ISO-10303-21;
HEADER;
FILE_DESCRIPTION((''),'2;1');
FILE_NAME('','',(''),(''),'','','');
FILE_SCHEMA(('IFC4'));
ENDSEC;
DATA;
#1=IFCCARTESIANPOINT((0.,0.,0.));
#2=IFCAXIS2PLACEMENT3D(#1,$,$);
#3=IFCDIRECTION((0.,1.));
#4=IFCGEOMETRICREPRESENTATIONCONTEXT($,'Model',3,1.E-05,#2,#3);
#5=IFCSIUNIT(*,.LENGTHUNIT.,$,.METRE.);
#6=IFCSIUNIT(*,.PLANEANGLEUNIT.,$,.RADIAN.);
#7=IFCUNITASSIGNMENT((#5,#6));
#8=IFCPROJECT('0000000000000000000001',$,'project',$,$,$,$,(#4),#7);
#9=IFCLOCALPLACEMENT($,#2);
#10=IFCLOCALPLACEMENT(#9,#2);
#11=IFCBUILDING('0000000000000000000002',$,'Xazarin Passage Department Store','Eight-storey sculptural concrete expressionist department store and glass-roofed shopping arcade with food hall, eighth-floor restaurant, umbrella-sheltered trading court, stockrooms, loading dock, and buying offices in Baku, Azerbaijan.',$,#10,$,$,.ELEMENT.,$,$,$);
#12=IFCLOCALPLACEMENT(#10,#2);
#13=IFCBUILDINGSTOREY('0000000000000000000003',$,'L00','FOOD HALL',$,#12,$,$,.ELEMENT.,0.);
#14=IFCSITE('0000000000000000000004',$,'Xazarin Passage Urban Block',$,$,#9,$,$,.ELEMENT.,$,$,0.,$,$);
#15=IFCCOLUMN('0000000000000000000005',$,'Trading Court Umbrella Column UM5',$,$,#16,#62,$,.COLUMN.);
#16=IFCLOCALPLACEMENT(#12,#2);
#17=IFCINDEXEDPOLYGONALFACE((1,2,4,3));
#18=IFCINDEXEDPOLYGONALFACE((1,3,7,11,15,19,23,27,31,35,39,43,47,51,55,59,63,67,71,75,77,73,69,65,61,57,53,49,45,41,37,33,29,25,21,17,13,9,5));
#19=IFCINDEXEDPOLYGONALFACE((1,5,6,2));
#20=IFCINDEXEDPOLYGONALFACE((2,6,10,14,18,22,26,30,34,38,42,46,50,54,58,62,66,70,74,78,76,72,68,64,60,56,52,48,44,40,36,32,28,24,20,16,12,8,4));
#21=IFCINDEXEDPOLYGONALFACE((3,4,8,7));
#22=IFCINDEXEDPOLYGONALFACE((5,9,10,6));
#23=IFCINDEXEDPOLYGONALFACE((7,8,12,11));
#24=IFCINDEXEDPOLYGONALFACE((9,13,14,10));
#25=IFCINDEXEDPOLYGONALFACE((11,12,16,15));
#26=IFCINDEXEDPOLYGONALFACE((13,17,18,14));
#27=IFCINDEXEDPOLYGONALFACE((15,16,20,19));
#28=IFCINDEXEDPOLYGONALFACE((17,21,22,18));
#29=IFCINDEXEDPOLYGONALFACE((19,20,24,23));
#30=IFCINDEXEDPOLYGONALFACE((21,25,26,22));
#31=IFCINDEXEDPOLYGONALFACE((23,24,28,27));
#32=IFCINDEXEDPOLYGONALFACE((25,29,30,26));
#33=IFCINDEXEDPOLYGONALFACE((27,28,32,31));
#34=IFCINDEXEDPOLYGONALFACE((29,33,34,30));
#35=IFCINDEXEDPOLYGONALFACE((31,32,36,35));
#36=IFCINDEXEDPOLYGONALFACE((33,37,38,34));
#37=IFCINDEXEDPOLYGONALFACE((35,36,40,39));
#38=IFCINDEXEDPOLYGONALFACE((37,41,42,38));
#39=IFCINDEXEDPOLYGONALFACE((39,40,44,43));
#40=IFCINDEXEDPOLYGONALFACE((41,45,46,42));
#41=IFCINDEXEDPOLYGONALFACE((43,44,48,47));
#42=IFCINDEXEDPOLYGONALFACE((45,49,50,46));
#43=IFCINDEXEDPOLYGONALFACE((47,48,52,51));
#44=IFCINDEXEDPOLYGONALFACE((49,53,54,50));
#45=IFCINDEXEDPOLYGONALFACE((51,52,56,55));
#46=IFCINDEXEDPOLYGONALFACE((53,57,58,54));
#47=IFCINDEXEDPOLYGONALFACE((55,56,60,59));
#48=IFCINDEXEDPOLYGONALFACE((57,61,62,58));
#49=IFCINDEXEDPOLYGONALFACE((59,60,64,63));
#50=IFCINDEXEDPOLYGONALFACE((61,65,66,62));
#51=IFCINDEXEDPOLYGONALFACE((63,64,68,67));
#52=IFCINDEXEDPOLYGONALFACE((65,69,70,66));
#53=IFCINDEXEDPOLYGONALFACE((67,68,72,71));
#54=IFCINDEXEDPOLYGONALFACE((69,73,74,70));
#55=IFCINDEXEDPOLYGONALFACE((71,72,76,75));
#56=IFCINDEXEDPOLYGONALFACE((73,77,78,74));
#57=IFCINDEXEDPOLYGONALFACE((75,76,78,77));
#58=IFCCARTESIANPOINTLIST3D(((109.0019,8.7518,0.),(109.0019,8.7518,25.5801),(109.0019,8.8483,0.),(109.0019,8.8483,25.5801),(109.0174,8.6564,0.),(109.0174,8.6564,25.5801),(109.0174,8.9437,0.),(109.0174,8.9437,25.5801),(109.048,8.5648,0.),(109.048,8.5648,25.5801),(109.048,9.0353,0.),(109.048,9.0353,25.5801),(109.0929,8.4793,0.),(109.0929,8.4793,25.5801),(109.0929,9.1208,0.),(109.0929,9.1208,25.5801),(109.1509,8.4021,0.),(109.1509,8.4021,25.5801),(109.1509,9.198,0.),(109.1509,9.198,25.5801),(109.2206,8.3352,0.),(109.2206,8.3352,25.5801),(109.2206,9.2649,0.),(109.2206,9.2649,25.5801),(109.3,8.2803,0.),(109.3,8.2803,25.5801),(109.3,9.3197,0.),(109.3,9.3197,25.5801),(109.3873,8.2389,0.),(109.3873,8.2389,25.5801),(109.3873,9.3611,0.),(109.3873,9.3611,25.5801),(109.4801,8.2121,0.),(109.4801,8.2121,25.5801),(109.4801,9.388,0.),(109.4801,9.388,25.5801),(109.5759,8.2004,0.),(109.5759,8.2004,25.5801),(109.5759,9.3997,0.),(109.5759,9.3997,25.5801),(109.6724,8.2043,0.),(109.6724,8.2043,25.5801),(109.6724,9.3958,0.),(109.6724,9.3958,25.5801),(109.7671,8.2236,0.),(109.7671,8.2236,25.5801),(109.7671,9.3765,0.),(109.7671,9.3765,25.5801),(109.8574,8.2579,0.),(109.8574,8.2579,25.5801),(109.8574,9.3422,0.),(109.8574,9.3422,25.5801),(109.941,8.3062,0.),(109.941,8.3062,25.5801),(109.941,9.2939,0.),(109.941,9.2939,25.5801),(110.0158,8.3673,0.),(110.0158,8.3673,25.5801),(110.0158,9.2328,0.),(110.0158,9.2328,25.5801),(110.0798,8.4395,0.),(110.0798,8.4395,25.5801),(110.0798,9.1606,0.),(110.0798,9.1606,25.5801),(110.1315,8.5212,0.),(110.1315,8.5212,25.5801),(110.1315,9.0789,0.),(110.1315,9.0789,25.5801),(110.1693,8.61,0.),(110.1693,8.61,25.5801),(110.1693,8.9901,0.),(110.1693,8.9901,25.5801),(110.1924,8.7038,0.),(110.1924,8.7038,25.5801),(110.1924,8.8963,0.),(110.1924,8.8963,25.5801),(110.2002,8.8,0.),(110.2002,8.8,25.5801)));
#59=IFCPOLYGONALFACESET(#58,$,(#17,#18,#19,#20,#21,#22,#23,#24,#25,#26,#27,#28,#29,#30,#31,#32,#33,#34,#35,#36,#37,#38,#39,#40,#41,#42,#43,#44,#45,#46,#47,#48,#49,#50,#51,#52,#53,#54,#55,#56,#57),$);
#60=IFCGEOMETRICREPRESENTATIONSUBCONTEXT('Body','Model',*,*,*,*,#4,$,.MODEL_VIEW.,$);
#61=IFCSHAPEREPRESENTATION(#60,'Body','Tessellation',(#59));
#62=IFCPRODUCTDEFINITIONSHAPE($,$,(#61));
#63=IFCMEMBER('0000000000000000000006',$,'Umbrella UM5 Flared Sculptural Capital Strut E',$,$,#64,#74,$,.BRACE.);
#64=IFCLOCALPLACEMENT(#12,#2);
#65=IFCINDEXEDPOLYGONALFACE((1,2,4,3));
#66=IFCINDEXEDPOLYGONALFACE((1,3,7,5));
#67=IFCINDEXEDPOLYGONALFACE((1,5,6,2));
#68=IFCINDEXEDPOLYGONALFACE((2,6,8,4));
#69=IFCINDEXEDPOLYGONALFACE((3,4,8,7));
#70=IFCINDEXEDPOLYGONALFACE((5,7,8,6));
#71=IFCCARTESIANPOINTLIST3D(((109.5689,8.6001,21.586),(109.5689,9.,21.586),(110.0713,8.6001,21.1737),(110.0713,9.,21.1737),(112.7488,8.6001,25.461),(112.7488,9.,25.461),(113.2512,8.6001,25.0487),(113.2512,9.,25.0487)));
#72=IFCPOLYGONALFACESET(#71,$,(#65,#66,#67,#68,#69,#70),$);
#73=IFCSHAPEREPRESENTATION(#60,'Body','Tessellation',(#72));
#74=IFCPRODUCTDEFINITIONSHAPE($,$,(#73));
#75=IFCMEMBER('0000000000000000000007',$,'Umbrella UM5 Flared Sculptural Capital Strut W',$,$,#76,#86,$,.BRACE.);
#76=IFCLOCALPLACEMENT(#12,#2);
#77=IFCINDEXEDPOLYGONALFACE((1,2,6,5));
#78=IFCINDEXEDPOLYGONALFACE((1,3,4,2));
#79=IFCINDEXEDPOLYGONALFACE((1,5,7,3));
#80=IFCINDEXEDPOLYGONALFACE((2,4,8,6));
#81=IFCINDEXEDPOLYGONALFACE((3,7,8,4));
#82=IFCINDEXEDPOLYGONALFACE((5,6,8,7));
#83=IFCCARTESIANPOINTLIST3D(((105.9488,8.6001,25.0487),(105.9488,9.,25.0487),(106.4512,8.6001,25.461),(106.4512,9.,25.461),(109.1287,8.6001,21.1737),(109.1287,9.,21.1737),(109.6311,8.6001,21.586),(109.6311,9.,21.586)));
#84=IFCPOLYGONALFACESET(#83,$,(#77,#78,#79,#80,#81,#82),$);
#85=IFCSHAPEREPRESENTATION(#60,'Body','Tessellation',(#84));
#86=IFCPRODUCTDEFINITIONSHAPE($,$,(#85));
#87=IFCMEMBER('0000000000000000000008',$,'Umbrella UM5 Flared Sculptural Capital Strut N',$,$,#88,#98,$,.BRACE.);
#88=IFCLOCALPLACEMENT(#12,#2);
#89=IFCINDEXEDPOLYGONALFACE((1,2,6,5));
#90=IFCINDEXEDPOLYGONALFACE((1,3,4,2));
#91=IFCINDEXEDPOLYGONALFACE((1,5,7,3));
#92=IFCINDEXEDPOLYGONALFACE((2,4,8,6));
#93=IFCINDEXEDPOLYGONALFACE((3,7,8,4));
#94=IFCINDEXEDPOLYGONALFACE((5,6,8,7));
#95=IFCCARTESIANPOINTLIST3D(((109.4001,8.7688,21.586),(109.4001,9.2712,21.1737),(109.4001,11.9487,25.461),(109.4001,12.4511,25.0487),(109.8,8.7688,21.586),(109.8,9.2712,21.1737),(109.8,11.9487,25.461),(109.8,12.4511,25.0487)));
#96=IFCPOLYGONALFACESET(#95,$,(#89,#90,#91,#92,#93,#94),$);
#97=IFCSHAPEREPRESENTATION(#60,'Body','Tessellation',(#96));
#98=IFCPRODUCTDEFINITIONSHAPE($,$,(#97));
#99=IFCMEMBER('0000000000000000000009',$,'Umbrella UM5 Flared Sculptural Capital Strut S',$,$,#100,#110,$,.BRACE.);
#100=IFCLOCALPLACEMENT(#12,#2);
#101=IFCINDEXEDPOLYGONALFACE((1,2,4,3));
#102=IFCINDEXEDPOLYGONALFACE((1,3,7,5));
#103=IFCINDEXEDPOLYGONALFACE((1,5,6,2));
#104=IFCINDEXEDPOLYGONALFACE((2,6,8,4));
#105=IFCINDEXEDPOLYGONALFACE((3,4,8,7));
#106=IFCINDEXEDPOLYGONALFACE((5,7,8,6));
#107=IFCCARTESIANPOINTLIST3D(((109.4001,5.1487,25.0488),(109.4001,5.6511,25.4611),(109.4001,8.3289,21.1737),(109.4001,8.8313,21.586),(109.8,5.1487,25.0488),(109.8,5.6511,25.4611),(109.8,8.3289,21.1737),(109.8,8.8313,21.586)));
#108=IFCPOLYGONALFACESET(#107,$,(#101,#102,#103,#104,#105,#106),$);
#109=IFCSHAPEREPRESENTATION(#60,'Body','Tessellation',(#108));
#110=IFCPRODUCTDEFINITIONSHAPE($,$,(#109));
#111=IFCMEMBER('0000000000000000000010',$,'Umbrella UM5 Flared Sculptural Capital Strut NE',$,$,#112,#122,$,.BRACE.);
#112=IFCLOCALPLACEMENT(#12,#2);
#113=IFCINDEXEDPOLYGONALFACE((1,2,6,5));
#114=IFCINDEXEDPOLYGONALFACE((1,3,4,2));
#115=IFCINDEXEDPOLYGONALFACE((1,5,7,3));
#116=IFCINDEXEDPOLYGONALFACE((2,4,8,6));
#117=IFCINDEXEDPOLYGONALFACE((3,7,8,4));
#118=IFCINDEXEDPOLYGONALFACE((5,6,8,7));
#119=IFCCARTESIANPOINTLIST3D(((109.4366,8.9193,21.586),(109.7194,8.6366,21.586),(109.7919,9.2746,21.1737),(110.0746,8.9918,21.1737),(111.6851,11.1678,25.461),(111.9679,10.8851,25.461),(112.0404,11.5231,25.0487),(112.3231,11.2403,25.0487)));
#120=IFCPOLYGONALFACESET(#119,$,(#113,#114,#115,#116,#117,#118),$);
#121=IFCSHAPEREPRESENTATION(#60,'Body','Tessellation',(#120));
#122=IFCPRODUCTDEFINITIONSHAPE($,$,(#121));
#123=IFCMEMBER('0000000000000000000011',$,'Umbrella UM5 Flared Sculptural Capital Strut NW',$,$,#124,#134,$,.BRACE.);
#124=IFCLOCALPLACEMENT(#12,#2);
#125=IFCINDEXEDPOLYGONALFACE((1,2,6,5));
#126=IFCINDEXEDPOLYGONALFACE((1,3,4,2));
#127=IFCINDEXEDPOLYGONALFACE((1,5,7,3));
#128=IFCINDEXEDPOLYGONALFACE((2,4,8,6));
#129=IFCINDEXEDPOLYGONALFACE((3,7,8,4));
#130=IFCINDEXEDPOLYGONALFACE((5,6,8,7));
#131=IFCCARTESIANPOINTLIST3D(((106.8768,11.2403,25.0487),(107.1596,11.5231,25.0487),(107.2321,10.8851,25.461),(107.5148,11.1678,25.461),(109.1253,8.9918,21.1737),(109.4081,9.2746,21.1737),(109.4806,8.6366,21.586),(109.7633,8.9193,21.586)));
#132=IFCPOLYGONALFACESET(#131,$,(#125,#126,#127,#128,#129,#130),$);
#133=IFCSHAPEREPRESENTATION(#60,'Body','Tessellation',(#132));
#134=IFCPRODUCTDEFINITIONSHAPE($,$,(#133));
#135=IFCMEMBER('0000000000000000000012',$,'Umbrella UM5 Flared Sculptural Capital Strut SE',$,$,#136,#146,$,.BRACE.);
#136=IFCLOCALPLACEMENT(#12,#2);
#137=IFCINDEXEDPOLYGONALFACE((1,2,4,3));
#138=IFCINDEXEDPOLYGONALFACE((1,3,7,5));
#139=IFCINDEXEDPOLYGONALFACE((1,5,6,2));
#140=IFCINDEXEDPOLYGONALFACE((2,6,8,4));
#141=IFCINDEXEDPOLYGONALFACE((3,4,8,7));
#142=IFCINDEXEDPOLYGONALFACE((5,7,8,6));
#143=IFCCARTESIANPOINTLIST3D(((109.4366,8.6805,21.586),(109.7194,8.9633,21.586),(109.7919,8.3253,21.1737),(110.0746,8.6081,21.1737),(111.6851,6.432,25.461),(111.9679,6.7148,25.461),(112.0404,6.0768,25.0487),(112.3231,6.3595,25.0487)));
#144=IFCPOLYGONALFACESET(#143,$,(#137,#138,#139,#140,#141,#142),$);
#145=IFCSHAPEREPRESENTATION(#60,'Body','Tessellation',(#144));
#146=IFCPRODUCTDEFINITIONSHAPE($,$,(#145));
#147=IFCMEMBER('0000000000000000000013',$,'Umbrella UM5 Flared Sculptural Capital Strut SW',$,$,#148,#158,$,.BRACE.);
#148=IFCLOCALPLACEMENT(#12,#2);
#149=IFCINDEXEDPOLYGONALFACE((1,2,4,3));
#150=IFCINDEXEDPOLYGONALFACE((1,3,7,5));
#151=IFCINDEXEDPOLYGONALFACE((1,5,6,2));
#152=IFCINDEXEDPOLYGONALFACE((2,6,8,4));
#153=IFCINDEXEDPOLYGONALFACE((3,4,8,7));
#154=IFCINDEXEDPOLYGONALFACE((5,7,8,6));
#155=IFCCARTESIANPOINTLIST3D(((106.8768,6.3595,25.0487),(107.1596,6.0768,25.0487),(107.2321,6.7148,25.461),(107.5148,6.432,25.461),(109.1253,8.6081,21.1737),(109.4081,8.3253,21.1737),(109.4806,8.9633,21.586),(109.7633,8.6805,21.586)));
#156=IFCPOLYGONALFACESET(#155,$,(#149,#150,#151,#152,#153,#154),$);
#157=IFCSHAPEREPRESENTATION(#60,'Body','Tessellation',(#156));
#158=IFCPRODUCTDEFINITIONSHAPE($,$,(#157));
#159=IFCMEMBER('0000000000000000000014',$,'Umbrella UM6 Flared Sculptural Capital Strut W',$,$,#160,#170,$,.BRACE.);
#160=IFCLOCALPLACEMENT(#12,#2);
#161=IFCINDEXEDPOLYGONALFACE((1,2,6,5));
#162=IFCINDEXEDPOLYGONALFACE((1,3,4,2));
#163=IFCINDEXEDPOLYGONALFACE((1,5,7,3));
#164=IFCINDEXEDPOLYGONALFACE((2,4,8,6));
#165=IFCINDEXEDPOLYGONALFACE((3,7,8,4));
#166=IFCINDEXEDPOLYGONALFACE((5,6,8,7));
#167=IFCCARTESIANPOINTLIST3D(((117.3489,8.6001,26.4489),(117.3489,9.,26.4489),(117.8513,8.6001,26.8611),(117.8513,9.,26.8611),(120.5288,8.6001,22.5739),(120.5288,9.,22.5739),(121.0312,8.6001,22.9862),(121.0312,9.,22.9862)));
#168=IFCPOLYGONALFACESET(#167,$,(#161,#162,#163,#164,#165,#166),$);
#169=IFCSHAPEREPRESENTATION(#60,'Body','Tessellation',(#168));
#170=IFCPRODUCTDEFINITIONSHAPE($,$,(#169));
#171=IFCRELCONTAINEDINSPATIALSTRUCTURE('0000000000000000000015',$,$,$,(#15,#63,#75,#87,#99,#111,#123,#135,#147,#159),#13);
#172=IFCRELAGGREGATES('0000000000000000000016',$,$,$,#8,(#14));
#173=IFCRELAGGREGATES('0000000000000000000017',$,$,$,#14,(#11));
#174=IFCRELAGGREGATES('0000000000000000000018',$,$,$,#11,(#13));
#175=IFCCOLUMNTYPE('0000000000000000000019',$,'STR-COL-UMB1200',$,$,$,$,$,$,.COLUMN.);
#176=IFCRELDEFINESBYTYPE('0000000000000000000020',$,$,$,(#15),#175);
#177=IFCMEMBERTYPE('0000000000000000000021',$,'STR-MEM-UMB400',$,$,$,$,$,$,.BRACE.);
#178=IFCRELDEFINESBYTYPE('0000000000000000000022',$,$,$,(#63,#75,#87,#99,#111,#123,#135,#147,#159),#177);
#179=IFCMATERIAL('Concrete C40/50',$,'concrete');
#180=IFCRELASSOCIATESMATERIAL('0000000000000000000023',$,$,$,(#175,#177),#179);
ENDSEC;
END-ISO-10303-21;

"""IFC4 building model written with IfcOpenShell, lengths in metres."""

from ifc_helpers import new_model, si_unit, direction, frame, origin, origin_2d, place, context, subcontext, project, spatial, rectangle, circle, extrude, material, material_profile, profile_set, type_object, element, save


model = new_model("IFC4")

# Units and contexts
model_context = context("Model", 3, precision=1e-05, world=origin(), true_north=direction((0.0, 1.0)))
body_context = subcontext(model_context, "Body", "Model", "MODEL_VIEW")
ifc_project = project(units=[si_unit("LENGTHUNIT", "METRE"), si_unit("PLANEANGLEUNIT", "RADIAN")], contexts=[model_context])

# Site, building, storey
site_placement = place(None, origin())
site = spatial("IfcSite", under=ifc_project, at=site_placement, Name="Xazarin Passage Urban Block", CompositionType="ELEMENT", RefElevation=0.0)
building_placement = place(site_placement, origin())
building = spatial("IfcBuilding", under=site, at=building_placement, Name="Xazarin Passage Department Store", Description="Eight-storey sculptural concrete expressionist department store and glass-roofed shopping arcade with food hall, eighth-floor restaurant, umbrella-sheltered trading court, stockrooms, loading dock, and buying offices in Baku, Azerbaijan.", CompositionType="ELEMENT")
storey_placement = place(building_placement, origin())
storey = spatial("IfcBuildingStorey", under=building, at=storey_placement, Name="L00", Description="FOOD HALL", CompositionType="ELEMENT", Elevation=0.0)

# Column
ifc_material_1 = material(Name="Concrete C40/50", Category="concrete")
ifc_material_profile_1 = material_profile(ifc_material_1, circle(Radius=0.6001, at=origin_2d()), Name="RCD 1200")
ifc_profile_set_1 = profile_set([ifc_material_profile_1], Name="Concrete C40/50")
column_type = type_object("IfcColumnType", Name="STR-COL-UMB1200", PredefinedType="COLUMN", material=ifc_profile_set_1)
column_placement = place(storey_placement, frame((109.6001, 8.8, 0.0), z_axis=(0.0, 0.0, 1.0), x_axis=(1.0, 0.0, 0.0)))
element("IfcColumn", 1, at=column_placement, inside=storey, type_object=column_type, Name="Trading Court Umbrella Column UM5", PredefinedType="COLUMN", context=body_context, shape_type="SweptSolid", body=[
    extrude(circle(Radius=0.6001, at=origin_2d()), origin(), (0.0, 0.0, 1.0), 25.5801),
])

# Members
ifc_material_profile_2 = material_profile(ifc_material_1, rectangle(XDim=0.3999, YDim=0.6499, at=origin_2d()), Name="RC 400x650")
ifc_profile_set_2 = profile_set([ifc_material_profile_2], Name="Concrete C40/50")
member_type = type_object("IfcMemberType", Name="STR-MEM-UMB400", PredefinedType="BRACE", material=ifc_profile_set_2)
for number, where, z_axis, x_axis, name in (
    (2, (109.8201, 8.8, 21.3799), (0.63437, 0.0, 0.77303), (0.0, 1.0, 0.0), "Umbrella UM5 Flared Sculptural Capital Strut E"),
    (3, (109.3799, 8.8, 21.3799), (-0.63437, 0.0, 0.77303), (0.0, -1.0, 0.0), "Umbrella UM5 Flared Sculptural Capital Strut W"),
    (4, (109.6001, 9.02, 21.3799), (0.0, 0.63437, 0.77303), (-1.0, 0.0, 0.0), "Umbrella UM5 Flared Sculptural Capital Strut N"),
):
    element("IfcMember", number, at=place(storey_placement, frame(where, z_axis=z_axis, x_axis=x_axis)), inside=storey, type_object=member_type, Name=name, PredefinedType="BRACE", context=body_context, shape_type="SweptSolid", body=[
        extrude(rectangle(XDim=0.3999, YDim=0.6499, at=origin_2d()), origin(), (0.0, 0.0, 1.0), 5.0127),
    ])
member_placement = place(storey_placement, frame((109.6001, 8.5801, 21.3799), z_axis=(0.0, -0.634399, 0.773006), x_axis=(1.0, 0.0, 0.0)))
element("IfcMember", 5, at=member_placement, inside=storey, type_object=member_type, Name="Umbrella UM5 Flared Sculptural Capital Strut S", PredefinedType="BRACE", context=body_context, shape_type="SweptSolid", body=[
    extrude(rectangle(XDim=0.3999, YDim=0.6499, at=origin_2d()), origin(), (0.0, 0.0, 1.0), 5.0129),
])
for number, where, z_axis, x_axis, name in (
    (6, (109.7556, 8.9556, 21.3799), (0.448565, 0.448565, 0.773032), (-0.707107, 0.707107, 0.0), "Umbrella UM5 Flared Sculptural Capital Strut NE"),
    (7, (109.4443, 8.9556, 21.3799), (-0.448565, 0.448565, 0.773032), (-0.707107, -0.707107, 0.0), "Umbrella UM5 Flared Sculptural Capital Strut NW"),
    (8, (109.7556, 8.6443, 21.3799), (0.448565, -0.448565, 0.773032), (0.707107, 0.707107, 0.0), "Umbrella UM5 Flared Sculptural Capital Strut SE"),
    (9, (109.4443, 8.6443, 21.3799), (-0.448565, -0.448565, 0.773032), (0.707107, -0.707107, 0.0), "Umbrella UM5 Flared Sculptural Capital Strut SW"),
    (10, (120.78, 8.8, 22.78), (-0.63437, 0.0, 0.77303), (0.0, -1.0, 0.0), "Umbrella UM6 Flared Sculptural Capital Strut W"),
):
    element("IfcMember", number, at=place(storey_placement, frame(where, z_axis=z_axis, x_axis=x_axis)), inside=storey, type_object=member_type, Name=name, PredefinedType="BRACE", context=body_context, shape_type="SweptSolid", body=[
        extrude(rectangle(XDim=0.3999, YDim=0.6499, at=origin_2d()), origin(), (0.0, 0.0, 1.0), 5.0127),
    ])

save(model, "model.ifc")
